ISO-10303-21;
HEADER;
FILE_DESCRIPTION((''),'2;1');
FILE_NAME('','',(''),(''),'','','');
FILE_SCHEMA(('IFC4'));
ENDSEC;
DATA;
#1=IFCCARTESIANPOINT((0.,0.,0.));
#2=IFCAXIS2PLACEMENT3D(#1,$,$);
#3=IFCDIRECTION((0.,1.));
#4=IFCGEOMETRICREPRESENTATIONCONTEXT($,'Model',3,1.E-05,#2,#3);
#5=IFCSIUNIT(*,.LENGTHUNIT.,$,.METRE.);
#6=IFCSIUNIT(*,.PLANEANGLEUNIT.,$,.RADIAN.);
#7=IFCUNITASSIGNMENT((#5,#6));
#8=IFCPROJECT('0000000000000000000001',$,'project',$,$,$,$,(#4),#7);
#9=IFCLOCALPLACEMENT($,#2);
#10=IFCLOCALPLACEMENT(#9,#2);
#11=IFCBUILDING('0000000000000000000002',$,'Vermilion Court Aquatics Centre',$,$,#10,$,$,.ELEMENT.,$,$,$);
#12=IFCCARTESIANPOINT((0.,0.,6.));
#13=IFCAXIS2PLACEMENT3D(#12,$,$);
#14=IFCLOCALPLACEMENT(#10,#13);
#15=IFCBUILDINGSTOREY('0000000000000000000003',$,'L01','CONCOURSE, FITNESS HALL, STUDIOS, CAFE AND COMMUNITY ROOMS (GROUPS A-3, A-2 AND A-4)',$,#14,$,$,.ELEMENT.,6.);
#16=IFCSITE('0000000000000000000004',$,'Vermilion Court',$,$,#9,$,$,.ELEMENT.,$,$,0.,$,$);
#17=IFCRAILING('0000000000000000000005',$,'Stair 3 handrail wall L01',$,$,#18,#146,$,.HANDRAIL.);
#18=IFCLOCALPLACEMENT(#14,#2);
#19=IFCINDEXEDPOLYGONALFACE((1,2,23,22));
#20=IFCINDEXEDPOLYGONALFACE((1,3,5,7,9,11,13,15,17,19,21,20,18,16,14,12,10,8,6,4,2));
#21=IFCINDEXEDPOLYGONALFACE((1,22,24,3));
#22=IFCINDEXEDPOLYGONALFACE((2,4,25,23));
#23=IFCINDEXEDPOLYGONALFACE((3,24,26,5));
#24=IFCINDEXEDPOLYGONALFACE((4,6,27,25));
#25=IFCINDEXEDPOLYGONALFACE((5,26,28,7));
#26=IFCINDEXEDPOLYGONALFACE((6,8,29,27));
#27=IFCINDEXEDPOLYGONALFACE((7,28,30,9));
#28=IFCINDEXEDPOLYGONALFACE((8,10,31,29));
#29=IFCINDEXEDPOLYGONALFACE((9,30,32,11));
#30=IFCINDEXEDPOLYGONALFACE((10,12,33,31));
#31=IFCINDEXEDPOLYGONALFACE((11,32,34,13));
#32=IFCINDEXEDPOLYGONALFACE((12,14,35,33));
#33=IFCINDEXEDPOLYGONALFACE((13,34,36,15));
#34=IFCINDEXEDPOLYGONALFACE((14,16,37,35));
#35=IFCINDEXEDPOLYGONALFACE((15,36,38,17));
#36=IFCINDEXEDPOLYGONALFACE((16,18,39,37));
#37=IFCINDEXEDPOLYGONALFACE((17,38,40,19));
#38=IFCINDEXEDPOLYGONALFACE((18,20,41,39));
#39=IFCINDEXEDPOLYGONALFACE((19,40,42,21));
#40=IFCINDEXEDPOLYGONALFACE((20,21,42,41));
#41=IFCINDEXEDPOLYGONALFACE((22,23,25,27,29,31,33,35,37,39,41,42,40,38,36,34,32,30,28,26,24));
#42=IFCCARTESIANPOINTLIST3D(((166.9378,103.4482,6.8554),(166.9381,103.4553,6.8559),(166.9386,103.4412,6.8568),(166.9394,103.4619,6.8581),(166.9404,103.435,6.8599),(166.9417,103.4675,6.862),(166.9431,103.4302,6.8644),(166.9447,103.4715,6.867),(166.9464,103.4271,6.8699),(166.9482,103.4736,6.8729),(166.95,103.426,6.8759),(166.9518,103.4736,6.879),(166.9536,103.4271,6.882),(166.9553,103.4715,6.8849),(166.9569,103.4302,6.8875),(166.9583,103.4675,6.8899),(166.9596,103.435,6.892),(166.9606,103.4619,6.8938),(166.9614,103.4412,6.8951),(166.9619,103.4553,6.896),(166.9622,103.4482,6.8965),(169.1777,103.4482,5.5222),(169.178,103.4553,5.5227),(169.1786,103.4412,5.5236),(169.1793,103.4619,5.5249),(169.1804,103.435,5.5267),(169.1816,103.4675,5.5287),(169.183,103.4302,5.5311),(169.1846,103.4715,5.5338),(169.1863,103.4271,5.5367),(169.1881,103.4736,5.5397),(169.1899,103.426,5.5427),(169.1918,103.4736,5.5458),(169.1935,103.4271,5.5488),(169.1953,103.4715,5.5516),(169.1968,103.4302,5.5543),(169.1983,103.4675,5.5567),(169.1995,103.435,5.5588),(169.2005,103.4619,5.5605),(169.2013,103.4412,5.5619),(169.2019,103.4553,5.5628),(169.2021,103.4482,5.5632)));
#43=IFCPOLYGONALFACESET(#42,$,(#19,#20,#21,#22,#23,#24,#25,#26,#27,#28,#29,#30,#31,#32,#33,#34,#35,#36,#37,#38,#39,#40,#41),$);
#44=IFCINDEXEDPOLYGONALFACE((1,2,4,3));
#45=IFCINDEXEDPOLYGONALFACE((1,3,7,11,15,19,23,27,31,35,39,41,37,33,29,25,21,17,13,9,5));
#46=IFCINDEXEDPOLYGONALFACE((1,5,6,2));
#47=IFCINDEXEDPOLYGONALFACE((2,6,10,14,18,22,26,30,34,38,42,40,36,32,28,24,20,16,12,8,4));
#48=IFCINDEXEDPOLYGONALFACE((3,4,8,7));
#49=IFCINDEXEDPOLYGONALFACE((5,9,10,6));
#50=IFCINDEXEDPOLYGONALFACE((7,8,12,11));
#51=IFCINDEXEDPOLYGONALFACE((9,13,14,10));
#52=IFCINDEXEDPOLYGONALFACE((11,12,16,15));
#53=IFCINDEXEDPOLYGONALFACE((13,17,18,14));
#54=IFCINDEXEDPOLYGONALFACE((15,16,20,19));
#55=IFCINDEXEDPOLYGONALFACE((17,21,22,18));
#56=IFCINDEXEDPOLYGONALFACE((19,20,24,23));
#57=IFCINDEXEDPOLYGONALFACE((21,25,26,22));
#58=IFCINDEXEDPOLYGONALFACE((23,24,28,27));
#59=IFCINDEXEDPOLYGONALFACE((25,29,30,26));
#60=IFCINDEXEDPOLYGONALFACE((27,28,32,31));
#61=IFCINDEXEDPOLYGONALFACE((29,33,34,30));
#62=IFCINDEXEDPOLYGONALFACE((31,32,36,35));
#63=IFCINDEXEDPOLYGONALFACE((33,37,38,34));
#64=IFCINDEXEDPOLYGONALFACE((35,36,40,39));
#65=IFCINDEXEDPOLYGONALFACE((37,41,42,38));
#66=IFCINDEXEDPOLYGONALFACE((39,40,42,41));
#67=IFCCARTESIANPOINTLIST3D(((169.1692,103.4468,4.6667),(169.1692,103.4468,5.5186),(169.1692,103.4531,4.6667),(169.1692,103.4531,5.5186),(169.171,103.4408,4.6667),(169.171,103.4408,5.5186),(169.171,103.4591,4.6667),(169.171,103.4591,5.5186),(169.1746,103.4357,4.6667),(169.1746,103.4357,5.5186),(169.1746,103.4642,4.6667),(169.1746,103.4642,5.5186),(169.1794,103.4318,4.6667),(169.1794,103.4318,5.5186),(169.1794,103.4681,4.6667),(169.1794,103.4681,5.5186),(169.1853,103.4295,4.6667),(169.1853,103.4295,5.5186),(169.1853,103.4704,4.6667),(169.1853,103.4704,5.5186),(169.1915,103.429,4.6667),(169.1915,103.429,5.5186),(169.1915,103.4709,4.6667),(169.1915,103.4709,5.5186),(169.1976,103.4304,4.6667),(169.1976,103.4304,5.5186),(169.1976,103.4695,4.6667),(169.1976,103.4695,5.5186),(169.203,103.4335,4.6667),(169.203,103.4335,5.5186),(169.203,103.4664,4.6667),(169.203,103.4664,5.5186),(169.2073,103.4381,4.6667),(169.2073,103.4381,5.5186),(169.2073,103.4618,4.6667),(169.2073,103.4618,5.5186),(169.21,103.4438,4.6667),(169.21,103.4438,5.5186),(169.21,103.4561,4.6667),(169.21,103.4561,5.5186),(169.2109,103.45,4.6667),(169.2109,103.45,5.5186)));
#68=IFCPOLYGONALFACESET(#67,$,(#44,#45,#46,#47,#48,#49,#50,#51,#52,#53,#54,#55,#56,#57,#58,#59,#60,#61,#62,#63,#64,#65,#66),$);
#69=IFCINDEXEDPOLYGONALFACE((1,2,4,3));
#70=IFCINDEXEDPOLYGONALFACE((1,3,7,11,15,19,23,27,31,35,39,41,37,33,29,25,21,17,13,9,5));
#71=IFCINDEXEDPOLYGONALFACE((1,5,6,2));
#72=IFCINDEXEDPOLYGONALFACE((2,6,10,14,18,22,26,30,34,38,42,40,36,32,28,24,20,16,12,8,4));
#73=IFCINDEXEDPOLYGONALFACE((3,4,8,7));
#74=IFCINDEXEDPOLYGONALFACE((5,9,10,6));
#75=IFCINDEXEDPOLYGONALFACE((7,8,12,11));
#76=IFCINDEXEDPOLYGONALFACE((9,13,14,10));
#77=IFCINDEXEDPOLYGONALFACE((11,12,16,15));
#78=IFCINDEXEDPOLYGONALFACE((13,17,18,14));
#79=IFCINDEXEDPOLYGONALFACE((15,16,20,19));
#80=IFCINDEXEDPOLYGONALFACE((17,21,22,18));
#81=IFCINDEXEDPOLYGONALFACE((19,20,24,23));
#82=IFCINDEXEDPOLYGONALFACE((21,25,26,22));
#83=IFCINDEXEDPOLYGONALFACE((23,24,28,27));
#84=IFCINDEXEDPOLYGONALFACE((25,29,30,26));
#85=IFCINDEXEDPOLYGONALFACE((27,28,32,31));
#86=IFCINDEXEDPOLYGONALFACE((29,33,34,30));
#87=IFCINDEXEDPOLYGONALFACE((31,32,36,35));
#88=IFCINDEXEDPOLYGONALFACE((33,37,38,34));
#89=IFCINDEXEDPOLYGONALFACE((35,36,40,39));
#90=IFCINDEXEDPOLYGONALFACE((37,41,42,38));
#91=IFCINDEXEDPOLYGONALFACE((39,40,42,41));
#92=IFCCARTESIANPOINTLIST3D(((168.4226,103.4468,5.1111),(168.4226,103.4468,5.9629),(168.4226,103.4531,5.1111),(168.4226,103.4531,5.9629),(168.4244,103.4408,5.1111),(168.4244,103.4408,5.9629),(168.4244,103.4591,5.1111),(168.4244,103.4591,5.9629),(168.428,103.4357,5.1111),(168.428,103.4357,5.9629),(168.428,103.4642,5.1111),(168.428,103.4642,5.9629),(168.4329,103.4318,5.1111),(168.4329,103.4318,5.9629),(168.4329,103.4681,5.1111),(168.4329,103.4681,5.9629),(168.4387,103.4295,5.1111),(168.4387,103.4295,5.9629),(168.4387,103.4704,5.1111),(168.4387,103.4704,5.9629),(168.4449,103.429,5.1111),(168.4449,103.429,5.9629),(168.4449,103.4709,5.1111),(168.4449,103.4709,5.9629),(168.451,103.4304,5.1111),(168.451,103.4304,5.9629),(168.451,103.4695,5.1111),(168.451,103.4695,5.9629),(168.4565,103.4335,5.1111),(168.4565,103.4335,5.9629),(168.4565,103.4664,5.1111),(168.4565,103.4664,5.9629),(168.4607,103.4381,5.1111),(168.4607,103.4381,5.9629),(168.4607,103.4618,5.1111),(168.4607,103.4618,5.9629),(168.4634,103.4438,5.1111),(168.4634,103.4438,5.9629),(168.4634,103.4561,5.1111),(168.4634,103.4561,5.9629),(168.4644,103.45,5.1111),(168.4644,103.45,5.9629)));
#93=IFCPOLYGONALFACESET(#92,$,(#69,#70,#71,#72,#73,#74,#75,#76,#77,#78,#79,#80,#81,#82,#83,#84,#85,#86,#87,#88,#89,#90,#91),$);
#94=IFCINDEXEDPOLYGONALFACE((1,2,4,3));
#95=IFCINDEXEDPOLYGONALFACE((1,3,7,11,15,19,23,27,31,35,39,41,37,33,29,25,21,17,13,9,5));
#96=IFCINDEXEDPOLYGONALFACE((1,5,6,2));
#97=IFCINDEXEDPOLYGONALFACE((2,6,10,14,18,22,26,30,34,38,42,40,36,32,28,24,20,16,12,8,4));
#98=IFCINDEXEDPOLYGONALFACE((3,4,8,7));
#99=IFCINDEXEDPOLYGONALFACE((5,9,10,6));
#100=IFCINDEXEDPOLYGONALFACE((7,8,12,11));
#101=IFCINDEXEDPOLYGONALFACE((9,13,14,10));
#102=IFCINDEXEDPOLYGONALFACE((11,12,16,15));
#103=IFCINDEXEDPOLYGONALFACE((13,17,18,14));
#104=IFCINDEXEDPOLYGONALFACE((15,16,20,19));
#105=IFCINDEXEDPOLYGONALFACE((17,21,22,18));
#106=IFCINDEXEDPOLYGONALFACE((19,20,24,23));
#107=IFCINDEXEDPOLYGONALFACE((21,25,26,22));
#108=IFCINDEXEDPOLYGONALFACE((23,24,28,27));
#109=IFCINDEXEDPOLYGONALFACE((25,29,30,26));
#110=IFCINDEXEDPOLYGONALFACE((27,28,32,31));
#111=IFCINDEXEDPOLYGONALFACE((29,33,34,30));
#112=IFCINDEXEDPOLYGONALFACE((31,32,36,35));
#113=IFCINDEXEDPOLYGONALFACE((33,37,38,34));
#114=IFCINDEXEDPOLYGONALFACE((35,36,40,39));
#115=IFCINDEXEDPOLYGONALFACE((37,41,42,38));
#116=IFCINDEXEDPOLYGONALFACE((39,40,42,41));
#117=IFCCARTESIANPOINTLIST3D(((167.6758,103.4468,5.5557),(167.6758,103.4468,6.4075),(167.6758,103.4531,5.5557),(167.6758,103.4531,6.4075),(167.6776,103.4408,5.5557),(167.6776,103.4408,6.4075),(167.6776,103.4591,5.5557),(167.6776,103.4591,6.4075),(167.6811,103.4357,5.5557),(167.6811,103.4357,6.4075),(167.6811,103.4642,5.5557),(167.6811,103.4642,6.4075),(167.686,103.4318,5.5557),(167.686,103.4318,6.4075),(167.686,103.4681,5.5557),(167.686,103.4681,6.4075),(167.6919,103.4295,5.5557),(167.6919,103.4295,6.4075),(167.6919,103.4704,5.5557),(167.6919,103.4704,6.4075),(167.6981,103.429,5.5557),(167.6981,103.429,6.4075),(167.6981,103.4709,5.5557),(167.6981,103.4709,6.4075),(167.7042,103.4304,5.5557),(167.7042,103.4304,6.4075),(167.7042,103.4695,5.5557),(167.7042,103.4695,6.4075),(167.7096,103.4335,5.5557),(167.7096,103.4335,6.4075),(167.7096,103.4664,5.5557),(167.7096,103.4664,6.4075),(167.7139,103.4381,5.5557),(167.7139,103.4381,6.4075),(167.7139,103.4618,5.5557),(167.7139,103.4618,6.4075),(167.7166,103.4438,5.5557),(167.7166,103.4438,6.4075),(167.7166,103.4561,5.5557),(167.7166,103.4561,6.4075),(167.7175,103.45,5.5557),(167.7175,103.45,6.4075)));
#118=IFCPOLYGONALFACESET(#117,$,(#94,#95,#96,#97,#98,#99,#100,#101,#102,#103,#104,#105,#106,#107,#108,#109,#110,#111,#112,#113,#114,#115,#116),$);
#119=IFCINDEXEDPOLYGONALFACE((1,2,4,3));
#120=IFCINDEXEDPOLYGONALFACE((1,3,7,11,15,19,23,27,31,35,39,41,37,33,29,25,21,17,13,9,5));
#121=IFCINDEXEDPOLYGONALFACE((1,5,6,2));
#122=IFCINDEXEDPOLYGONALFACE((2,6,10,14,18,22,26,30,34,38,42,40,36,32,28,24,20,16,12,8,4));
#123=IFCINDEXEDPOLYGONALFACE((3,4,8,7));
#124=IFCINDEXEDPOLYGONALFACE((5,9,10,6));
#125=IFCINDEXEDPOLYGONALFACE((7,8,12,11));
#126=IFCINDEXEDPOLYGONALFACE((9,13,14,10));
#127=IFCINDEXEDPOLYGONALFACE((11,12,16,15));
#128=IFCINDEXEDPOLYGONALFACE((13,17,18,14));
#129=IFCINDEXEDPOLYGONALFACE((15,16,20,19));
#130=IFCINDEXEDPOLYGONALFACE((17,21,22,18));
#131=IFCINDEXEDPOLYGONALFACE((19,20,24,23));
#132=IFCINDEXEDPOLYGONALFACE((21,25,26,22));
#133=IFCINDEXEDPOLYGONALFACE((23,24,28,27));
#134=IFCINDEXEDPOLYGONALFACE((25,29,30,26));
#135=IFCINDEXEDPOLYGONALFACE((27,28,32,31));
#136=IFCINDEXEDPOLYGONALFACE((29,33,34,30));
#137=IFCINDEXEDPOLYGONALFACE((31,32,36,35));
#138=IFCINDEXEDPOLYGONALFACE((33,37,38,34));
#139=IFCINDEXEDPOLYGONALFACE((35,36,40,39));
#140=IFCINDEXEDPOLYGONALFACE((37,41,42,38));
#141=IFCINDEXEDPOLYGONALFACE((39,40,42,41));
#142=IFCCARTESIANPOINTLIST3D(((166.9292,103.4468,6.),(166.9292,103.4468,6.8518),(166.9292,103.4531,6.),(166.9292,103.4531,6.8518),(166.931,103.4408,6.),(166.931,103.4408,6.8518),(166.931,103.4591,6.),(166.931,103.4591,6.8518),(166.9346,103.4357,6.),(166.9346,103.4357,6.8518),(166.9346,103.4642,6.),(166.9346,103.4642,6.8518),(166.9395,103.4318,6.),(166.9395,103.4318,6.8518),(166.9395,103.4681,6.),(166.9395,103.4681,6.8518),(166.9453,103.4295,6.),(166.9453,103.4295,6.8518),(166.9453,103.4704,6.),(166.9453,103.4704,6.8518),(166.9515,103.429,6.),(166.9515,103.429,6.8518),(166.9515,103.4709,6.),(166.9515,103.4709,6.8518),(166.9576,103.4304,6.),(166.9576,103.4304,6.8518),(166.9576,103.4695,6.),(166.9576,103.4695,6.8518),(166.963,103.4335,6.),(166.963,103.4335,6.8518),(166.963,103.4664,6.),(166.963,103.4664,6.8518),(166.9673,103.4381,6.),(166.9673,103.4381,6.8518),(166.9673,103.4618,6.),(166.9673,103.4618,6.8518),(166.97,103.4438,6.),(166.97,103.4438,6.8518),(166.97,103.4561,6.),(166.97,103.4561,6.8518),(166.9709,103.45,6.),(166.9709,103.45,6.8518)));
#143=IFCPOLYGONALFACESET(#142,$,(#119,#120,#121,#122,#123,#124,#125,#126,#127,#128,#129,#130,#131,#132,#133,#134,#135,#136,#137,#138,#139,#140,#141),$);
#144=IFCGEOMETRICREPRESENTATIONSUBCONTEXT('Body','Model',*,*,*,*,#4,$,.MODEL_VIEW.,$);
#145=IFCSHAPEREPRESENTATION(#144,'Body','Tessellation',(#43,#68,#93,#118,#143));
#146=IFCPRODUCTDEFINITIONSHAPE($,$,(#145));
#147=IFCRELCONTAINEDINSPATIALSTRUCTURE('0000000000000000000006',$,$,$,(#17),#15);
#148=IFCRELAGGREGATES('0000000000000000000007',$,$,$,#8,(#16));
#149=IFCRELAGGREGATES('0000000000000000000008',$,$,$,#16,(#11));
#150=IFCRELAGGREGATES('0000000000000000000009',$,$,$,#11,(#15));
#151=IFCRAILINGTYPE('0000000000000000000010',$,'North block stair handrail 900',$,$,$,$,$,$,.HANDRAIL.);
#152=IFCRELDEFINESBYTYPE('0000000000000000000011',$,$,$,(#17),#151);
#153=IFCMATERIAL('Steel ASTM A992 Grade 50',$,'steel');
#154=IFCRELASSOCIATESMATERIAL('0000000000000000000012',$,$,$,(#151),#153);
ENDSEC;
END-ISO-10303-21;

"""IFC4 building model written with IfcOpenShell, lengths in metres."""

from ifc_helpers import new_model, si_unit, direction, frame, origin, origin_2d, place, context, subcontext, project, spatial, circle, extrude, material, type_object, element, save


model = new_model("IFC4")

# Units and contexts
model_context = context("Model", 3, precision=1e-05, world=origin(), true_north=direction((0.0, 1.0)))
body_context = subcontext(model_context, "Body", "Model", "MODEL_VIEW")
ifc_project = project(units=[si_unit("LENGTHUNIT", "METRE"), si_unit("PLANEANGLEUNIT", "RADIAN")], contexts=[model_context])

# Site, building, storey
site_placement = place(None, origin())
site = spatial("IfcSite", under=ifc_project, at=site_placement, Name="Vermilion Court", CompositionType="ELEMENT", RefElevation=0.0)
building_placement = place(site_placement, origin())
building = spatial("IfcBuilding", under=site, at=building_placement, Name="Vermilion Court Aquatics Centre", CompositionType="ELEMENT")
storey_placement = place(building_placement, frame((0.0, 0.0, 6.0)))
storey = spatial("IfcBuildingStorey", under=building, at=storey_placement, Name="L01", Description="CONCOURSE, FITNESS HALL, STUDIOS, CAFE AND COMMUNITY ROOMS (GROUPS A-3, A-2 AND A-4)", CompositionType="ELEMENT", Elevation=6.0)

# Railing
ifc_material_1 = material(Name="Steel ASTM A992 Grade 50", Category="steel")
railing_type = type_object("IfcRailingType", Name="North block stair handrail 900", PredefinedType="HANDRAIL", material=ifc_material_1)
for number, where, name in (
    (1, (169.1899, 103.45, 4.6667), "Stair 3 handrail wall L01"),
):
    element("IfcRailing", number, at=place(storey_placement, frame(where)), inside=storey, type_object=railing_type, Name=name, PredefinedType="HANDRAIL", context=body_context, shape_type="SweptSolid", body=[
        extrude(circle(Radius=0.0239, at=origin_2d()), frame((0.0, 0.0, 0.876), z_axis=(-0.859306, 0.0, 0.511462), x_axis=(0.0, -1.0, 0.0)), (0.0, 0.0, 1.0), 2.6067),
        extrude(circle(Radius=0.021, at=origin_2d()), origin(), (0.0, 0.0, 1.0), 0.8518),
        extrude(circle(Radius=0.021, at=origin_2d()), frame((-0.7466, 0.0, 0.4443)), (0.0, 0.0, 1.0), 0.8518),
        extrude(circle(Radius=0.021, at=origin_2d()), frame((-1.4934, 0.0, 0.8889)), (0.0, 0.0, 1.0), 0.8518),
        extrude(circle(Radius=0.021, at=origin_2d()), frame((-2.24, 0.0, 1.3333)), (0.0, 0.0, 1.0), 0.8518),
    ])

save(model, "model.ifc")
